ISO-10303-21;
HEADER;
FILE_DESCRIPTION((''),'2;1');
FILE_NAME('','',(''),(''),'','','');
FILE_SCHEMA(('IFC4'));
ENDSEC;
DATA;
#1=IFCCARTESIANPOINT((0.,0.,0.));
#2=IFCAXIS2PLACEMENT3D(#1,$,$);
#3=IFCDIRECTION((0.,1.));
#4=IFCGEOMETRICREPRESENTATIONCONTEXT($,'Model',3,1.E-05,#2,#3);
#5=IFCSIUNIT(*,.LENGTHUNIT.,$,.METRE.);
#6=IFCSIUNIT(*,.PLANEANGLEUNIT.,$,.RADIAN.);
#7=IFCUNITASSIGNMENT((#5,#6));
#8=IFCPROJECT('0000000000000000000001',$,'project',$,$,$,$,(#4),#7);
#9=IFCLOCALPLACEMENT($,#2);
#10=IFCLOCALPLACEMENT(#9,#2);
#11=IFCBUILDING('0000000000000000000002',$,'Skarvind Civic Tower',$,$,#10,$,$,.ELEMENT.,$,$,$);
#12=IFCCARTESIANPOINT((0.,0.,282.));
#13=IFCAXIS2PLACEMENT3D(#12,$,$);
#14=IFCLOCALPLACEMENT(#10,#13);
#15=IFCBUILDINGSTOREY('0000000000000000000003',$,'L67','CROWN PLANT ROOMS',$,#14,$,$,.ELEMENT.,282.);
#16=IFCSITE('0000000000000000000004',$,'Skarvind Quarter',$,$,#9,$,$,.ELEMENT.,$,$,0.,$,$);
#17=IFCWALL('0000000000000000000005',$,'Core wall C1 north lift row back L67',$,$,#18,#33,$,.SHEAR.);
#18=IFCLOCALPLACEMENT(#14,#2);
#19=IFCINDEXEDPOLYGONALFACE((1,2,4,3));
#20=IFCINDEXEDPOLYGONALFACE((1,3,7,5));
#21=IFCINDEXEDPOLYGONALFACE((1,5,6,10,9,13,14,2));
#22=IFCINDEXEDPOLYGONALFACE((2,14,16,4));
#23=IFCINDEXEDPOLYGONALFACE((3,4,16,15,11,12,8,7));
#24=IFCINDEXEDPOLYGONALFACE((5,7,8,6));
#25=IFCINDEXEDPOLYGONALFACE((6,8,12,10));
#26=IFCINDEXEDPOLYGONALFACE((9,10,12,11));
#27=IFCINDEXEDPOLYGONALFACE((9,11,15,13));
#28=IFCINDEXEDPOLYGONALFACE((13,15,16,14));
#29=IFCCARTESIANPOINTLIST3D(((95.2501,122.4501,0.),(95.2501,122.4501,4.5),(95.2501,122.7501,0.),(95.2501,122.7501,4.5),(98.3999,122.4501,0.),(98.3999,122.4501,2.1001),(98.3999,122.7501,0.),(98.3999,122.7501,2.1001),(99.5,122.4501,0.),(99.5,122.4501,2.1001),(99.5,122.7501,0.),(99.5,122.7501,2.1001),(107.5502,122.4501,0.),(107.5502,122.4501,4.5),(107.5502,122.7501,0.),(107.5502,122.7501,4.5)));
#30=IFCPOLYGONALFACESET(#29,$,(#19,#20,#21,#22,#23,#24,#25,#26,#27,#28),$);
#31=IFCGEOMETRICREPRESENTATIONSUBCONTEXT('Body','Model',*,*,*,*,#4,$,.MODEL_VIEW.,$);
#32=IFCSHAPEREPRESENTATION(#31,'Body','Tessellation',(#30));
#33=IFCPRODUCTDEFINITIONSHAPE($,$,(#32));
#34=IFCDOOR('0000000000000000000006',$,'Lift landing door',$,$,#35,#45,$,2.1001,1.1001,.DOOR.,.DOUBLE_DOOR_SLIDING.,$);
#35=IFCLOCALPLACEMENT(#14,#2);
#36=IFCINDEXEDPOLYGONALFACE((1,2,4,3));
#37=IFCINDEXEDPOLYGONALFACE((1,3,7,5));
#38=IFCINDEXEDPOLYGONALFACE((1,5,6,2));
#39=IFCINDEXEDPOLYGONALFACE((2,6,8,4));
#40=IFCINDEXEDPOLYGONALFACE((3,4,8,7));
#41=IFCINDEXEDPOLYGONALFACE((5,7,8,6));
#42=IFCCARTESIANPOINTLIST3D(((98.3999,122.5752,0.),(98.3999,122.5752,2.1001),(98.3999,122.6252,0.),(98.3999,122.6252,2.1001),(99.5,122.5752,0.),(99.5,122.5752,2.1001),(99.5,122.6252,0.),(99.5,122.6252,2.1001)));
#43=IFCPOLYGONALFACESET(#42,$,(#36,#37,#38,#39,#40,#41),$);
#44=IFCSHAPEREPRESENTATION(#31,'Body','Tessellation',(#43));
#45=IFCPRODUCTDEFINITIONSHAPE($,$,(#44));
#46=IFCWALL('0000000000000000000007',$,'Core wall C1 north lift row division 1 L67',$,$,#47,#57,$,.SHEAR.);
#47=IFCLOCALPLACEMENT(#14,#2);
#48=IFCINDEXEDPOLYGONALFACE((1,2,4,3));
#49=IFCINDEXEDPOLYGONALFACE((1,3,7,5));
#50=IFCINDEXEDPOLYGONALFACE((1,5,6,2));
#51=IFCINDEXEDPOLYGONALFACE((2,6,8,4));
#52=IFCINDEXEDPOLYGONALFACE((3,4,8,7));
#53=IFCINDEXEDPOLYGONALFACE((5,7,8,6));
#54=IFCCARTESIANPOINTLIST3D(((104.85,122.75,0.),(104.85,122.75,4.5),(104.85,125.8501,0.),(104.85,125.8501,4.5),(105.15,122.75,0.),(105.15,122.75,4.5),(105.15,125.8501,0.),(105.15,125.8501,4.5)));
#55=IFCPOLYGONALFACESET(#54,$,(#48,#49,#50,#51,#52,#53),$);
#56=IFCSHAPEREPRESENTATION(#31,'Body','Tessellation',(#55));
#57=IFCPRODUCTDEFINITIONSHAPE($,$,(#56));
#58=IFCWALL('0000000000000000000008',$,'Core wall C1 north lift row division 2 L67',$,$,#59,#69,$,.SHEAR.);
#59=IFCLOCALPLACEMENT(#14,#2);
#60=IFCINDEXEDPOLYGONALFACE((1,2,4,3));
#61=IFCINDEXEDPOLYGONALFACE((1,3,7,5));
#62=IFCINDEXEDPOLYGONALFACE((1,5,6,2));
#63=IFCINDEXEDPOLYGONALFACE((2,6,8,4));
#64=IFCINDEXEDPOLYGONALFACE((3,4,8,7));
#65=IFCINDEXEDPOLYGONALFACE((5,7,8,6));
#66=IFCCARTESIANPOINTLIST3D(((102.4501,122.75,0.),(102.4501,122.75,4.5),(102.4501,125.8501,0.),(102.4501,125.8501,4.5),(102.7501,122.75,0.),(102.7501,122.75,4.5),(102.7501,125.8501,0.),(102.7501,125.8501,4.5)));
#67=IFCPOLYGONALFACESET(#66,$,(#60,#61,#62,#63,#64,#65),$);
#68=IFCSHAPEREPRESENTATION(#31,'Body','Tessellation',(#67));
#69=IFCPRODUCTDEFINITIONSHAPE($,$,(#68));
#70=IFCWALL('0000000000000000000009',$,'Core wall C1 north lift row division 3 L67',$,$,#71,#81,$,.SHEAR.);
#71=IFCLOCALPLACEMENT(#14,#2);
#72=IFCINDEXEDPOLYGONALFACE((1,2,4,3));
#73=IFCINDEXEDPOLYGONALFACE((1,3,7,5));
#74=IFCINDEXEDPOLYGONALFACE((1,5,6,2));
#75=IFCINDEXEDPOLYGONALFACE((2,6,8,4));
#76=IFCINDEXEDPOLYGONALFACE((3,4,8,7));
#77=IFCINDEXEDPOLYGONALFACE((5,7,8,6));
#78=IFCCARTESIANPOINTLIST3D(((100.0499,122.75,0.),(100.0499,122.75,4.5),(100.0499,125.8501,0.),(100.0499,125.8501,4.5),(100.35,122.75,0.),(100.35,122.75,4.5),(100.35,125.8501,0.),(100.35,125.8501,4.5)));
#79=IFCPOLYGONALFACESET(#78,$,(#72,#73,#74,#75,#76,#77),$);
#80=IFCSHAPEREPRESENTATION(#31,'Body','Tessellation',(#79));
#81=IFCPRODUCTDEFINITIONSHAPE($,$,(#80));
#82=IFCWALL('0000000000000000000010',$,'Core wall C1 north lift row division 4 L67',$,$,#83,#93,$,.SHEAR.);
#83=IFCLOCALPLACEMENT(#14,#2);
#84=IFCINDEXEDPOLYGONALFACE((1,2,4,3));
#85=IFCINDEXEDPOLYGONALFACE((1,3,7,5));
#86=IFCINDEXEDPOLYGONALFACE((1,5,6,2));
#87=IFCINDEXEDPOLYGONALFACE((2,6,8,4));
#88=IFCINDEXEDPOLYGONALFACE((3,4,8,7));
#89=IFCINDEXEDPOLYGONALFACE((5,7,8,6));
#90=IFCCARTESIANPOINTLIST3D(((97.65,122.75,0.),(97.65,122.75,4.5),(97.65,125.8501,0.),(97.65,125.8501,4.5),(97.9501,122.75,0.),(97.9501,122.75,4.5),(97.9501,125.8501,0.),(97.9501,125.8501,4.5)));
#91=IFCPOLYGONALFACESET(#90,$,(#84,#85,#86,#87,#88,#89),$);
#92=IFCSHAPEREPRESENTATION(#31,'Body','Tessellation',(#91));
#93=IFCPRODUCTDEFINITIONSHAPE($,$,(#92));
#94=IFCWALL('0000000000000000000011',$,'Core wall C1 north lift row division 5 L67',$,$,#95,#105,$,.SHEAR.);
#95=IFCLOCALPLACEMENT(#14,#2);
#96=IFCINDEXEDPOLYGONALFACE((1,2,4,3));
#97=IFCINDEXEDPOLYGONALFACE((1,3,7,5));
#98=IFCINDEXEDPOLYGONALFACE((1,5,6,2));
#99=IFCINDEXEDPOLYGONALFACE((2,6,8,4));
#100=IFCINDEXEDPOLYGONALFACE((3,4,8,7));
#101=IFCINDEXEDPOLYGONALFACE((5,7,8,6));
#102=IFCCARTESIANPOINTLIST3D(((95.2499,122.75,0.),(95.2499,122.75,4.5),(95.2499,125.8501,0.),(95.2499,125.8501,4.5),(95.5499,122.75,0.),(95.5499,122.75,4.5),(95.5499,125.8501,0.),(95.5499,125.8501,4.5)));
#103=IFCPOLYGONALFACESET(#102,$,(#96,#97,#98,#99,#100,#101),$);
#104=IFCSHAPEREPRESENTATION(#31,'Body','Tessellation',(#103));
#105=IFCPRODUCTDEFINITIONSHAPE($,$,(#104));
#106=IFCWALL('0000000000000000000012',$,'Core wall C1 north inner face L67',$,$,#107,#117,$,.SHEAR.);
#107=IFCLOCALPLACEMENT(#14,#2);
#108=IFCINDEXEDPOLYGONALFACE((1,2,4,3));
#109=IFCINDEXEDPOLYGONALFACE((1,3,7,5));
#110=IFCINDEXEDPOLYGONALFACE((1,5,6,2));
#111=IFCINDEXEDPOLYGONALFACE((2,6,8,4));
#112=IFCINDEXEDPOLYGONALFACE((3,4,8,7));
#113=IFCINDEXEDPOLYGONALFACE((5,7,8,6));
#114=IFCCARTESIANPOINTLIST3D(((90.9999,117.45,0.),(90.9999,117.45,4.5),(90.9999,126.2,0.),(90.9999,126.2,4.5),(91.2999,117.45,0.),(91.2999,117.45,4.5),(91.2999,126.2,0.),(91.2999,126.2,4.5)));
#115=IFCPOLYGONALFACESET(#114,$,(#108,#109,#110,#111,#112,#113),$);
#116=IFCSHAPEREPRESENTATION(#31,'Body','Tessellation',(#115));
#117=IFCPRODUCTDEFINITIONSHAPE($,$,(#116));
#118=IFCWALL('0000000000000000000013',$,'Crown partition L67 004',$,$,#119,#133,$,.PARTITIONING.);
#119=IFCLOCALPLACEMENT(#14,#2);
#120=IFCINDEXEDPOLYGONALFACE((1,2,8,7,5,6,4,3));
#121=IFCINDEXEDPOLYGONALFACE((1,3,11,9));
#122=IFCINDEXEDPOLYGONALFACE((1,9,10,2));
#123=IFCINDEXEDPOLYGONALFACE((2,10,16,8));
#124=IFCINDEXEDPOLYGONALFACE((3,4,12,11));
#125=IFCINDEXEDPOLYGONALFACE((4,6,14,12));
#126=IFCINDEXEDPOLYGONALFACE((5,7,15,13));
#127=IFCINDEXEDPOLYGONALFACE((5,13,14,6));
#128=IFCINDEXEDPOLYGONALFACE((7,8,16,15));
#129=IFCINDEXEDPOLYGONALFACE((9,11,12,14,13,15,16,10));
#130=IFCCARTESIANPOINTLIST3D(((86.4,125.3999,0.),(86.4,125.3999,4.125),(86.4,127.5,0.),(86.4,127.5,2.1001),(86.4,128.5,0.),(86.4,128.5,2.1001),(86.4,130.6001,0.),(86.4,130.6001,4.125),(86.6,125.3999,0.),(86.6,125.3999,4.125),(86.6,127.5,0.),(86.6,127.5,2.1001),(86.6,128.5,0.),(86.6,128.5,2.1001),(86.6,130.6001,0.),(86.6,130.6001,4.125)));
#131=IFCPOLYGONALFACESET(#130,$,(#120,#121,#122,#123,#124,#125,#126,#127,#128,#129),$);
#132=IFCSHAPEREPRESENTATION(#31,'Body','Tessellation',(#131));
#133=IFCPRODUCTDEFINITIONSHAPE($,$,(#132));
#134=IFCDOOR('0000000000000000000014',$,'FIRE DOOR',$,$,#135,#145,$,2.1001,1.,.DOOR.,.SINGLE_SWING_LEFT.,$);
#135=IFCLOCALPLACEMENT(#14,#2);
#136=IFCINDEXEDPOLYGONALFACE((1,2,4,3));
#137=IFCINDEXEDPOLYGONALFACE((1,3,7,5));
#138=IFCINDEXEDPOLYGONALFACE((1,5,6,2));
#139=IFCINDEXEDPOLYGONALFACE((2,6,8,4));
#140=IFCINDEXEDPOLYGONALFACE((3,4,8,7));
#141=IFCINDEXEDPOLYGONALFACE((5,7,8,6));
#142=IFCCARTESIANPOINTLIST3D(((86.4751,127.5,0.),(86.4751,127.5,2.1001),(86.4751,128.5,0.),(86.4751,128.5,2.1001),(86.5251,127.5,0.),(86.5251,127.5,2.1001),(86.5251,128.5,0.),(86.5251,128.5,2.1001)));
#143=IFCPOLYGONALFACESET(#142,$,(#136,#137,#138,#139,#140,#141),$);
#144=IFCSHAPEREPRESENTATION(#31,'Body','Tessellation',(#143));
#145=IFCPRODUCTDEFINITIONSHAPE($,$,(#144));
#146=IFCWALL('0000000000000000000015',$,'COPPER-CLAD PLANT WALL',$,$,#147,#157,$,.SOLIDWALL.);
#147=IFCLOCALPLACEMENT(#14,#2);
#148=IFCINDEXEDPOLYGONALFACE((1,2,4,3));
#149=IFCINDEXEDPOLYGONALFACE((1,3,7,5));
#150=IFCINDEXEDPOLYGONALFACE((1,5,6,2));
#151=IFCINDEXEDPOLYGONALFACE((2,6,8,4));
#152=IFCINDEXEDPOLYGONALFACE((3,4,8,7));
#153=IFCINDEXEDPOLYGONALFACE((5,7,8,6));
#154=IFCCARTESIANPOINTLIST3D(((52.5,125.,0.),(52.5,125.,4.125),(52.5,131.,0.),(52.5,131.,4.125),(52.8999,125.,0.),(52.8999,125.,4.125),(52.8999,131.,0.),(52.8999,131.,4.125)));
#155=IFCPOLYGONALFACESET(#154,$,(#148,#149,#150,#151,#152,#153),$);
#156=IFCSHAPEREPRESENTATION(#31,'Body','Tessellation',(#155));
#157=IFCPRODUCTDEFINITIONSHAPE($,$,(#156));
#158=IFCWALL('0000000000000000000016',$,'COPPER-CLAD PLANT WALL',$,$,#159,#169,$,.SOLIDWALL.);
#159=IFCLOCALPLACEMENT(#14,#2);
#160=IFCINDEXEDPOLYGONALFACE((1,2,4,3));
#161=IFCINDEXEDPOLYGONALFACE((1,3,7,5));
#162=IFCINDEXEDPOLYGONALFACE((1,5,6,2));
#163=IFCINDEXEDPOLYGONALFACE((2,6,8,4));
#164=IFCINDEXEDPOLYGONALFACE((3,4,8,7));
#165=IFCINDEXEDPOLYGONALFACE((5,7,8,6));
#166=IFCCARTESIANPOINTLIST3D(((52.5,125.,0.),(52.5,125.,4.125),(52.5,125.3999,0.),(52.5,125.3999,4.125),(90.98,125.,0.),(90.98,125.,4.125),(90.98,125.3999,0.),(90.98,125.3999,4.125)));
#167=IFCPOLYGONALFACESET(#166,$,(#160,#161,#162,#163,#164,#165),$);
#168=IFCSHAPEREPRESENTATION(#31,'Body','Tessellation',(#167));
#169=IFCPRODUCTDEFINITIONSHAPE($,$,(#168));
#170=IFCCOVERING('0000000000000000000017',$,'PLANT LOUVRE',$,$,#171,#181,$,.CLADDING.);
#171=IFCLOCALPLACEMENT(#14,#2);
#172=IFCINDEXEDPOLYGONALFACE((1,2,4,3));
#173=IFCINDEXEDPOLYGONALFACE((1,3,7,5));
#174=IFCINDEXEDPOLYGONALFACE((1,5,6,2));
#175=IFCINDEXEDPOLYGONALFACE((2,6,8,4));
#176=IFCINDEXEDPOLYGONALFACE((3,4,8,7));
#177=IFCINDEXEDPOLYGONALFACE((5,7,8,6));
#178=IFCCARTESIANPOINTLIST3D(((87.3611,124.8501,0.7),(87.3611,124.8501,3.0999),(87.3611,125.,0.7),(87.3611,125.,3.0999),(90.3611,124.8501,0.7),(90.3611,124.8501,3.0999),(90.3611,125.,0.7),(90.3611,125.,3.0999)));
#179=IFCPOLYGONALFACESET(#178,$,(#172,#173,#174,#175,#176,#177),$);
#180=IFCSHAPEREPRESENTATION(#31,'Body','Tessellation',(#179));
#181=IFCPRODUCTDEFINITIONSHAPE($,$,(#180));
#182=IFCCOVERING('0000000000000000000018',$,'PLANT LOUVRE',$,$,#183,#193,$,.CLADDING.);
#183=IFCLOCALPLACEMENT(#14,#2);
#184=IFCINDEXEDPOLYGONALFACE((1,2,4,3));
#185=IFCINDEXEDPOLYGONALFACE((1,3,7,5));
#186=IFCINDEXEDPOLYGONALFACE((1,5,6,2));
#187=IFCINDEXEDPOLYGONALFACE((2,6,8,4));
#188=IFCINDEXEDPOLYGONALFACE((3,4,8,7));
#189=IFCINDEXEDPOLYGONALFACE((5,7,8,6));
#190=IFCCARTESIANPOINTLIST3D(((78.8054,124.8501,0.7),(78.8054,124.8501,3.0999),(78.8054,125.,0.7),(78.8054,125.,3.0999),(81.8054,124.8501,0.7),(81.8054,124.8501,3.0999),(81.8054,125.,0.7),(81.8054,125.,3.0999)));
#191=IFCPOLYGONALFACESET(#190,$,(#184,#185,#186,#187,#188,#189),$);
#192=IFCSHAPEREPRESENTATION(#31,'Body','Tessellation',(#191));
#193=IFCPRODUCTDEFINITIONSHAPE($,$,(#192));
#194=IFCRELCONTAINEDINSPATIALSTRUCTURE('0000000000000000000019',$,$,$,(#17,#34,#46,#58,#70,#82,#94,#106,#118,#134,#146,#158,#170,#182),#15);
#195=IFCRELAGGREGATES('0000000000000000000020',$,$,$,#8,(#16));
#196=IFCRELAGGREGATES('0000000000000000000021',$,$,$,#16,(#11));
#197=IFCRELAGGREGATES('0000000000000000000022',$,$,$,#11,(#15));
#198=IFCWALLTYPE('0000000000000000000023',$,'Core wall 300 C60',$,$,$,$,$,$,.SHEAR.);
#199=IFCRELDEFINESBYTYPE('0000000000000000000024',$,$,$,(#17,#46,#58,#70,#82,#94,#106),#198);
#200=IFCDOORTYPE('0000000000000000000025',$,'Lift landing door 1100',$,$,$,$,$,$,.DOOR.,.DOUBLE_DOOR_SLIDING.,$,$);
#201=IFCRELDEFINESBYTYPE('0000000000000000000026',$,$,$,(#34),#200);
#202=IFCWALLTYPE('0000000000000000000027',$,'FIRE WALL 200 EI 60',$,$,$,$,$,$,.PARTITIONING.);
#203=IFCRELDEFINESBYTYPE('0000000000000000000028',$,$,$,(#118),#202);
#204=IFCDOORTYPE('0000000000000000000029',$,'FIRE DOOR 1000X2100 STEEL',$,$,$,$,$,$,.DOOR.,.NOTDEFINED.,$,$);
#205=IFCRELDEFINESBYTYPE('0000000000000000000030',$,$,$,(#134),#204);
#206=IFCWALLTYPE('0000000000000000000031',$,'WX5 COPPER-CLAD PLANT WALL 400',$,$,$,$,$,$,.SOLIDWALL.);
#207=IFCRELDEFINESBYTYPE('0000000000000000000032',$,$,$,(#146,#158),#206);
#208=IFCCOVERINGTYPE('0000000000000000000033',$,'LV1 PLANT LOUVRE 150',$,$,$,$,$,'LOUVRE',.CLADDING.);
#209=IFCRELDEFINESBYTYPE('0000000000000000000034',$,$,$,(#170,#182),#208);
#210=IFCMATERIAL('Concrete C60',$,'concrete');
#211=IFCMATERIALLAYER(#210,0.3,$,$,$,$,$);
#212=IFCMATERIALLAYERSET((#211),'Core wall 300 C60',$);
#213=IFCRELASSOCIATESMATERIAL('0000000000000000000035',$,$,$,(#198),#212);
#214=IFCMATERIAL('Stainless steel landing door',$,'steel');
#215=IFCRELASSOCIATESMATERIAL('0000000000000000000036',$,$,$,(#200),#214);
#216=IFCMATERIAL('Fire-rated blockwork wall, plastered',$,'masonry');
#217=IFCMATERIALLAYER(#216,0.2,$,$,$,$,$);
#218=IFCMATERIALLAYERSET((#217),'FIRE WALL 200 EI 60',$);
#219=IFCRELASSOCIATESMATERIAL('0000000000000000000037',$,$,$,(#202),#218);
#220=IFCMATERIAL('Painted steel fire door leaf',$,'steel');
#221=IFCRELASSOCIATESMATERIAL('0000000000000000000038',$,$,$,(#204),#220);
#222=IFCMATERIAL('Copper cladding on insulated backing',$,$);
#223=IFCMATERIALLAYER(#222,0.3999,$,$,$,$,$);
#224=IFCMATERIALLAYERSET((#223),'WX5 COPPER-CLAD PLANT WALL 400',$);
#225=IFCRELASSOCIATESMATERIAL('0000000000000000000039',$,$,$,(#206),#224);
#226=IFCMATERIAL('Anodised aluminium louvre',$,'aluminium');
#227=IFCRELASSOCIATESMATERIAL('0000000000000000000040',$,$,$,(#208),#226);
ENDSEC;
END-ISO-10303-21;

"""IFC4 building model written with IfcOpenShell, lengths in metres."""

from ifc_helpers import new_model, si_unit, direction, frame, frame_2d, origin, origin_2d, place, context, subcontext, project, spatial, rectangle, extrude, material, layer, layer_set, material_profile, profile_set, type_object, element, fill, save


model = new_model("IFC4")

# Units and contexts
model_context = context("Model", 3, precision=1e-05, world=origin(), true_north=direction((0.0, 1.0)))
body_context = subcontext(model_context, "Body", "Model", "MODEL_VIEW")
ifc_project = project(units=[si_unit("LENGTHUNIT", "METRE"), si_unit("PLANEANGLEUNIT", "RADIAN")], contexts=[model_context])

# Site, building, storey
site_placement = place(None, origin())
site = spatial("IfcSite", under=ifc_project, at=site_placement, Name="Skarvind Quarter", CompositionType="ELEMENT", RefElevation=0.0)
building_placement = place(site_placement, origin())
building = spatial("IfcBuilding", under=site, at=building_placement, Name="Skarvind Civic Tower", CompositionType="ELEMENT")
storey_placement = place(building_placement, frame((0.0, 0.0, 282.0)))
storey = spatial("IfcBuildingStorey", under=building, at=storey_placement, Name="L67", Description="CROWN PLANT ROOMS", CompositionType="ELEMENT", Elevation=282.0)

# Shared definitions
ifc_material_1 = material(Name="Concrete C60", Category="concrete")

# Wall, opening, door
ifc_layer_1 = layer(ifc_material_1, 0.3)
ifc_layer_set_1 = layer_set([ifc_layer_1], Name="Core wall 300 C60")
wall_type_1 = type_object("IfcWallType", Name="Core wall 300 C60", PredefinedType="SHEAR", material=ifc_layer_set_1)
ifc_material_2 = material(Name="Stainless steel landing door", Category="steel")
door_type_1 = type_object("IfcDoorType", Name="Lift landing door 1100", OperationType="DOUBLE_DOOR_SLIDING", PredefinedType="DOOR", material=ifc_material_2)
wall_1_placement = place(storey_placement, frame((107.55, 122.6001, 0.0), z_axis=(0.0, 0.0, 1.0), x_axis=(-1.0, 0.0, 0.0)))
wall_1 = element("IfcWall", 1, at=wall_1_placement, inside=storey, type_object=wall_type_1, Name="Core wall C1 north lift row back L67", PredefinedType="SHEAR", context=body_context, shape_type="SweptSolid", body=[
    extrude(rectangle(XDim=12.3, YDim=0.3, at=frame_2d((6.1499, 0.0))), origin(), (0.0, 0.0, 1.0), 4.5),
])
opening_1_placement = place(wall_1_placement, frame((8.05, 0.0, 0.0)))
opening_1 = element("IfcOpeningElement", 2, at=opening_1_placement, cuts=wall_1, PredefinedType="OPENING", context=body_context, shape_type="SweptSolid", body=[
    extrude(rectangle(XDim=1.1001, YDim=2.1001, at=frame_2d((0.55, 1.05))), frame((0.0, 0.1599, 0.0), z_axis=(0.0, -1.0, 0.0), x_axis=(1.0, 0.0, 0.0)), (0.0, 0.0, 1.0), 0.3201),
])
door_1_placement = place(opening_1_placement, origin())
door_1 = element("IfcDoor", 3, at=door_1_placement, inside=storey, type_object=door_type_1, Name="Lift landing door", OperationType="DOUBLE_DOOR_SLIDING", OverallHeight=2.1001, OverallWidth=1.1001, PredefinedType="DOOR", context=body_context, shape_type="SweptSolid", body=[
    extrude(rectangle(XDim=1.1001, YDim=2.1001, at=frame_2d((0.55, 1.05))), frame((0.0, 0.0249, 0.0), z_axis=(0.0, -1.0, 0.0), x_axis=(1.0, 0.0, 0.0)), (0.0, 0.0, 1.0), 0.05),
])
fill(opening_1, door_1)

# Walls
for number, where, z_axis, x_axis, name in (
    (4, (105.0, 125.8501, 0.0), (0.0, 0.0, 1.0), (0.0, -1.0, 0.0), "Core wall C1 north lift row division 1 L67"),
    (5, (102.6001, 125.8501, 0.0), (0.0, 0.0, 1.0), (0.0, -1.0, 0.0), "Core wall C1 north lift row division 2 L67"),
    (6, (100.2, 125.8501, 0.0), (0.0, 0.0, 1.0), (0.0, -1.0, 0.0), "Core wall C1 north lift row division 3 L67"),
    (7, (97.8, 125.8501, 0.0), (0.0, 0.0, 1.0), (0.0, -1.0, 0.0), "Core wall C1 north lift row division 4 L67"),
    (8, (95.3999, 125.8501, 0.0), (0.0, 0.0, 1.0), (0.0, -1.0, 0.0), "Core wall C1 north lift row division 5 L67"),
):
    element("IfcWall", number, at=place(storey_placement, frame(where, z_axis=z_axis, x_axis=x_axis)), inside=storey, type_object=wall_type_1, Name=name, PredefinedType="SHEAR", context=body_context, shape_type="SweptSolid", body=[
        extrude(rectangle(XDim=3.1001, YDim=0.3, at=frame_2d((1.55, 0.0))), origin(), (0.0, 0.0, 1.0), 4.5),
    ])
wall_2_placement = place(storey_placement, frame((91.1499, 126.2, 0.0), z_axis=(0.0, 0.0, 1.0), x_axis=(0.0, -1.0, 0.0)))
element("IfcWall", 9, at=wall_2_placement, inside=storey, type_object=wall_type_1, Name="Core wall C1 north inner face L67", PredefinedType="SHEAR", context=body_context, shape_type="SweptSolid", body=[
    extrude(rectangle(XDim=8.75, YDim=0.3, at=frame_2d((4.375, 0.0))), origin(), (0.0, 0.0, 1.0), 4.5),
])

# Wall, opening, door
ifc_material_3 = material(Name="Fire-rated blockwork wall, plastered", Category="masonry")
ifc_layer_2 = layer(ifc_material_3, 0.2)
ifc_layer_set_2 = layer_set([ifc_layer_2], Name="FIRE WALL 200 EI 60")
wall_type_2 = type_object("IfcWallType", Name="FIRE WALL 200 EI 60", PredefinedType="PARTITIONING", material=ifc_layer_set_2)
wall_3_placement = place(storey_placement, frame((86.5, 125.3999, 0.0), z_axis=(0.0, 0.0, 1.0), x_axis=(0.0, 1.0, 0.0)))
wall_3 = element("IfcWall", 10, at=wall_3_placement, inside=storey, type_object=wall_type_2, Name="Crown partition L67 004", PredefinedType="PARTITIONING", context=body_context, shape_type="SweptSolid", body=[
    extrude(rectangle(XDim=5.2002, YDim=0.2, at=frame_2d((2.6001, 0.0))), origin(), (0.0, 0.0, 1.0), 4.125),
])
opening_2_placement = place(wall_3_placement, frame((2.1001, 0.0, 0.0)))
opening_2 = element("IfcOpeningElement", 11, at=opening_2_placement, cuts=wall_3, PredefinedType="OPENING", context=body_context, shape_type="SweptSolid", body=[
    extrude(rectangle(XDim=1.0, YDim=2.1001, at=frame_2d((0.5, 1.05))), frame((0.0, 0.1099, 0.0), z_axis=(0.0, -1.0, 0.0), x_axis=(1.0, 0.0, 0.0)), (0.0, 0.0, 1.0), 0.22),
])
ifc_material_4 = material(Name="Painted steel fire door leaf", Category="steel")
door_type_2 = type_object("IfcDoorType", Name="FIRE DOOR 1000X2100 STEEL", OperationType="NOTDEFINED", PredefinedType="DOOR", material=ifc_material_4)
door_2_placement = place(opening_2_placement, origin())
door_2 = element("IfcDoor", 12, at=door_2_placement, inside=storey, type_object=door_type_2, Name="FIRE DOOR", OperationType="SINGLE_SWING_LEFT", OverallHeight=2.1001, OverallWidth=1.0, PredefinedType="DOOR", context=body_context, shape_type="SweptSolid", body=[
    extrude(rectangle(XDim=1.0, YDim=2.1001, at=frame_2d((0.5, 1.05))), frame((0.0, 0.0249, 0.0), z_axis=(0.0, -1.0, 0.0), x_axis=(1.0, 0.0, 0.0)), (0.0, 0.0, 1.0), 0.05),
])
fill(opening_2, door_2)

# Walls
ifc_material_5 = material(Name="Copper cladding on insulated backing")
ifc_layer_3 = layer(ifc_material_5, 0.3999)
ifc_layer_set_3 = layer_set([ifc_layer_3], Name="WX5 COPPER-CLAD PLANT WALL 400")
wall_type_3 = type_object("IfcWallType", Name="WX5 COPPER-CLAD PLANT WALL 400", PredefinedType="SOLIDWALL", material=ifc_layer_set_3)
wall_4_placement = place(storey_placement, frame((52.7, 125.0, 0.0), z_axis=(0.0, 0.0, 1.0), x_axis=(0.0, 1.0, 0.0)))
element("IfcWall", 13, at=wall_4_placement, inside=storey, type_object=wall_type_3, Name="COPPER-CLAD PLANT WALL", PredefinedType="SOLIDWALL", context=body_context, shape_type="SweptSolid", body=[
    extrude(rectangle(XDim=6.0, YDim=0.3999, at=frame_2d((3.0, 0.0))), origin(), (0.0, 0.0, 1.0), 4.125),
])
wall_5_placement = place(storey_placement, frame((90.98, 125.2, 0.0), z_axis=(0.0, 0.0, 1.0), x_axis=(-1.0, 0.0, 0.0)))
element("IfcWall", 14, at=wall_5_placement, inside=storey, type_object=wall_type_3, Name="COPPER-CLAD PLANT WALL", PredefinedType="SOLIDWALL", context=body_context, shape_type="SweptSolid", body=[
    extrude(rectangle(XDim=38.48, YDim=0.3999, at=frame_2d((19.24, 0.0))), origin(), (0.0, 0.0, 1.0), 4.125),
])

# Coverings
ifc_material_6 = material(Name="Anodised aluminium louvre", Category="aluminium")
ifc_material_profile_1 = material_profile(ifc_material_6, rectangle(XDim=3.0, YDim=2.3999, at=origin_2d()), Name="LOUVRE 3000 x 2400")
ifc_profile_set_1 = profile_set([ifc_material_profile_1], Name="Anodised aluminium louvre")
covering_type = type_object("IfcCoveringType", Name="LV1 PLANT LOUVRE 150", ElementType="LOUVRE", PredefinedType="CLADDING", material=ifc_profile_set_1)
for number, where, z_axis, x_axis, name in (
    (15, (88.8611, 125.0, 1.8999), (0.0, -1.0, 0.0), (1.0, 0.0, 0.0), "PLANT LOUVRE"),
    (16, (80.3054, 125.0, 1.8999), (0.0, -1.0, 0.0), (1.0, 0.0, 0.0), "PLANT LOUVRE"),
):
    element("IfcCovering", number, at=place(storey_placement, frame(where, z_axis=z_axis, x_axis=x_axis)), inside=storey, type_object=covering_type, Name=name, PredefinedType="CLADDING", context=body_context, shape_type="SweptSolid", body=[
        extrude(rectangle(XDim=3.0, YDim=2.3999, at=origin_2d()), origin(), (0.0, 0.0, 1.0), 0.1499),
    ])

save(model, "model.ifc")
